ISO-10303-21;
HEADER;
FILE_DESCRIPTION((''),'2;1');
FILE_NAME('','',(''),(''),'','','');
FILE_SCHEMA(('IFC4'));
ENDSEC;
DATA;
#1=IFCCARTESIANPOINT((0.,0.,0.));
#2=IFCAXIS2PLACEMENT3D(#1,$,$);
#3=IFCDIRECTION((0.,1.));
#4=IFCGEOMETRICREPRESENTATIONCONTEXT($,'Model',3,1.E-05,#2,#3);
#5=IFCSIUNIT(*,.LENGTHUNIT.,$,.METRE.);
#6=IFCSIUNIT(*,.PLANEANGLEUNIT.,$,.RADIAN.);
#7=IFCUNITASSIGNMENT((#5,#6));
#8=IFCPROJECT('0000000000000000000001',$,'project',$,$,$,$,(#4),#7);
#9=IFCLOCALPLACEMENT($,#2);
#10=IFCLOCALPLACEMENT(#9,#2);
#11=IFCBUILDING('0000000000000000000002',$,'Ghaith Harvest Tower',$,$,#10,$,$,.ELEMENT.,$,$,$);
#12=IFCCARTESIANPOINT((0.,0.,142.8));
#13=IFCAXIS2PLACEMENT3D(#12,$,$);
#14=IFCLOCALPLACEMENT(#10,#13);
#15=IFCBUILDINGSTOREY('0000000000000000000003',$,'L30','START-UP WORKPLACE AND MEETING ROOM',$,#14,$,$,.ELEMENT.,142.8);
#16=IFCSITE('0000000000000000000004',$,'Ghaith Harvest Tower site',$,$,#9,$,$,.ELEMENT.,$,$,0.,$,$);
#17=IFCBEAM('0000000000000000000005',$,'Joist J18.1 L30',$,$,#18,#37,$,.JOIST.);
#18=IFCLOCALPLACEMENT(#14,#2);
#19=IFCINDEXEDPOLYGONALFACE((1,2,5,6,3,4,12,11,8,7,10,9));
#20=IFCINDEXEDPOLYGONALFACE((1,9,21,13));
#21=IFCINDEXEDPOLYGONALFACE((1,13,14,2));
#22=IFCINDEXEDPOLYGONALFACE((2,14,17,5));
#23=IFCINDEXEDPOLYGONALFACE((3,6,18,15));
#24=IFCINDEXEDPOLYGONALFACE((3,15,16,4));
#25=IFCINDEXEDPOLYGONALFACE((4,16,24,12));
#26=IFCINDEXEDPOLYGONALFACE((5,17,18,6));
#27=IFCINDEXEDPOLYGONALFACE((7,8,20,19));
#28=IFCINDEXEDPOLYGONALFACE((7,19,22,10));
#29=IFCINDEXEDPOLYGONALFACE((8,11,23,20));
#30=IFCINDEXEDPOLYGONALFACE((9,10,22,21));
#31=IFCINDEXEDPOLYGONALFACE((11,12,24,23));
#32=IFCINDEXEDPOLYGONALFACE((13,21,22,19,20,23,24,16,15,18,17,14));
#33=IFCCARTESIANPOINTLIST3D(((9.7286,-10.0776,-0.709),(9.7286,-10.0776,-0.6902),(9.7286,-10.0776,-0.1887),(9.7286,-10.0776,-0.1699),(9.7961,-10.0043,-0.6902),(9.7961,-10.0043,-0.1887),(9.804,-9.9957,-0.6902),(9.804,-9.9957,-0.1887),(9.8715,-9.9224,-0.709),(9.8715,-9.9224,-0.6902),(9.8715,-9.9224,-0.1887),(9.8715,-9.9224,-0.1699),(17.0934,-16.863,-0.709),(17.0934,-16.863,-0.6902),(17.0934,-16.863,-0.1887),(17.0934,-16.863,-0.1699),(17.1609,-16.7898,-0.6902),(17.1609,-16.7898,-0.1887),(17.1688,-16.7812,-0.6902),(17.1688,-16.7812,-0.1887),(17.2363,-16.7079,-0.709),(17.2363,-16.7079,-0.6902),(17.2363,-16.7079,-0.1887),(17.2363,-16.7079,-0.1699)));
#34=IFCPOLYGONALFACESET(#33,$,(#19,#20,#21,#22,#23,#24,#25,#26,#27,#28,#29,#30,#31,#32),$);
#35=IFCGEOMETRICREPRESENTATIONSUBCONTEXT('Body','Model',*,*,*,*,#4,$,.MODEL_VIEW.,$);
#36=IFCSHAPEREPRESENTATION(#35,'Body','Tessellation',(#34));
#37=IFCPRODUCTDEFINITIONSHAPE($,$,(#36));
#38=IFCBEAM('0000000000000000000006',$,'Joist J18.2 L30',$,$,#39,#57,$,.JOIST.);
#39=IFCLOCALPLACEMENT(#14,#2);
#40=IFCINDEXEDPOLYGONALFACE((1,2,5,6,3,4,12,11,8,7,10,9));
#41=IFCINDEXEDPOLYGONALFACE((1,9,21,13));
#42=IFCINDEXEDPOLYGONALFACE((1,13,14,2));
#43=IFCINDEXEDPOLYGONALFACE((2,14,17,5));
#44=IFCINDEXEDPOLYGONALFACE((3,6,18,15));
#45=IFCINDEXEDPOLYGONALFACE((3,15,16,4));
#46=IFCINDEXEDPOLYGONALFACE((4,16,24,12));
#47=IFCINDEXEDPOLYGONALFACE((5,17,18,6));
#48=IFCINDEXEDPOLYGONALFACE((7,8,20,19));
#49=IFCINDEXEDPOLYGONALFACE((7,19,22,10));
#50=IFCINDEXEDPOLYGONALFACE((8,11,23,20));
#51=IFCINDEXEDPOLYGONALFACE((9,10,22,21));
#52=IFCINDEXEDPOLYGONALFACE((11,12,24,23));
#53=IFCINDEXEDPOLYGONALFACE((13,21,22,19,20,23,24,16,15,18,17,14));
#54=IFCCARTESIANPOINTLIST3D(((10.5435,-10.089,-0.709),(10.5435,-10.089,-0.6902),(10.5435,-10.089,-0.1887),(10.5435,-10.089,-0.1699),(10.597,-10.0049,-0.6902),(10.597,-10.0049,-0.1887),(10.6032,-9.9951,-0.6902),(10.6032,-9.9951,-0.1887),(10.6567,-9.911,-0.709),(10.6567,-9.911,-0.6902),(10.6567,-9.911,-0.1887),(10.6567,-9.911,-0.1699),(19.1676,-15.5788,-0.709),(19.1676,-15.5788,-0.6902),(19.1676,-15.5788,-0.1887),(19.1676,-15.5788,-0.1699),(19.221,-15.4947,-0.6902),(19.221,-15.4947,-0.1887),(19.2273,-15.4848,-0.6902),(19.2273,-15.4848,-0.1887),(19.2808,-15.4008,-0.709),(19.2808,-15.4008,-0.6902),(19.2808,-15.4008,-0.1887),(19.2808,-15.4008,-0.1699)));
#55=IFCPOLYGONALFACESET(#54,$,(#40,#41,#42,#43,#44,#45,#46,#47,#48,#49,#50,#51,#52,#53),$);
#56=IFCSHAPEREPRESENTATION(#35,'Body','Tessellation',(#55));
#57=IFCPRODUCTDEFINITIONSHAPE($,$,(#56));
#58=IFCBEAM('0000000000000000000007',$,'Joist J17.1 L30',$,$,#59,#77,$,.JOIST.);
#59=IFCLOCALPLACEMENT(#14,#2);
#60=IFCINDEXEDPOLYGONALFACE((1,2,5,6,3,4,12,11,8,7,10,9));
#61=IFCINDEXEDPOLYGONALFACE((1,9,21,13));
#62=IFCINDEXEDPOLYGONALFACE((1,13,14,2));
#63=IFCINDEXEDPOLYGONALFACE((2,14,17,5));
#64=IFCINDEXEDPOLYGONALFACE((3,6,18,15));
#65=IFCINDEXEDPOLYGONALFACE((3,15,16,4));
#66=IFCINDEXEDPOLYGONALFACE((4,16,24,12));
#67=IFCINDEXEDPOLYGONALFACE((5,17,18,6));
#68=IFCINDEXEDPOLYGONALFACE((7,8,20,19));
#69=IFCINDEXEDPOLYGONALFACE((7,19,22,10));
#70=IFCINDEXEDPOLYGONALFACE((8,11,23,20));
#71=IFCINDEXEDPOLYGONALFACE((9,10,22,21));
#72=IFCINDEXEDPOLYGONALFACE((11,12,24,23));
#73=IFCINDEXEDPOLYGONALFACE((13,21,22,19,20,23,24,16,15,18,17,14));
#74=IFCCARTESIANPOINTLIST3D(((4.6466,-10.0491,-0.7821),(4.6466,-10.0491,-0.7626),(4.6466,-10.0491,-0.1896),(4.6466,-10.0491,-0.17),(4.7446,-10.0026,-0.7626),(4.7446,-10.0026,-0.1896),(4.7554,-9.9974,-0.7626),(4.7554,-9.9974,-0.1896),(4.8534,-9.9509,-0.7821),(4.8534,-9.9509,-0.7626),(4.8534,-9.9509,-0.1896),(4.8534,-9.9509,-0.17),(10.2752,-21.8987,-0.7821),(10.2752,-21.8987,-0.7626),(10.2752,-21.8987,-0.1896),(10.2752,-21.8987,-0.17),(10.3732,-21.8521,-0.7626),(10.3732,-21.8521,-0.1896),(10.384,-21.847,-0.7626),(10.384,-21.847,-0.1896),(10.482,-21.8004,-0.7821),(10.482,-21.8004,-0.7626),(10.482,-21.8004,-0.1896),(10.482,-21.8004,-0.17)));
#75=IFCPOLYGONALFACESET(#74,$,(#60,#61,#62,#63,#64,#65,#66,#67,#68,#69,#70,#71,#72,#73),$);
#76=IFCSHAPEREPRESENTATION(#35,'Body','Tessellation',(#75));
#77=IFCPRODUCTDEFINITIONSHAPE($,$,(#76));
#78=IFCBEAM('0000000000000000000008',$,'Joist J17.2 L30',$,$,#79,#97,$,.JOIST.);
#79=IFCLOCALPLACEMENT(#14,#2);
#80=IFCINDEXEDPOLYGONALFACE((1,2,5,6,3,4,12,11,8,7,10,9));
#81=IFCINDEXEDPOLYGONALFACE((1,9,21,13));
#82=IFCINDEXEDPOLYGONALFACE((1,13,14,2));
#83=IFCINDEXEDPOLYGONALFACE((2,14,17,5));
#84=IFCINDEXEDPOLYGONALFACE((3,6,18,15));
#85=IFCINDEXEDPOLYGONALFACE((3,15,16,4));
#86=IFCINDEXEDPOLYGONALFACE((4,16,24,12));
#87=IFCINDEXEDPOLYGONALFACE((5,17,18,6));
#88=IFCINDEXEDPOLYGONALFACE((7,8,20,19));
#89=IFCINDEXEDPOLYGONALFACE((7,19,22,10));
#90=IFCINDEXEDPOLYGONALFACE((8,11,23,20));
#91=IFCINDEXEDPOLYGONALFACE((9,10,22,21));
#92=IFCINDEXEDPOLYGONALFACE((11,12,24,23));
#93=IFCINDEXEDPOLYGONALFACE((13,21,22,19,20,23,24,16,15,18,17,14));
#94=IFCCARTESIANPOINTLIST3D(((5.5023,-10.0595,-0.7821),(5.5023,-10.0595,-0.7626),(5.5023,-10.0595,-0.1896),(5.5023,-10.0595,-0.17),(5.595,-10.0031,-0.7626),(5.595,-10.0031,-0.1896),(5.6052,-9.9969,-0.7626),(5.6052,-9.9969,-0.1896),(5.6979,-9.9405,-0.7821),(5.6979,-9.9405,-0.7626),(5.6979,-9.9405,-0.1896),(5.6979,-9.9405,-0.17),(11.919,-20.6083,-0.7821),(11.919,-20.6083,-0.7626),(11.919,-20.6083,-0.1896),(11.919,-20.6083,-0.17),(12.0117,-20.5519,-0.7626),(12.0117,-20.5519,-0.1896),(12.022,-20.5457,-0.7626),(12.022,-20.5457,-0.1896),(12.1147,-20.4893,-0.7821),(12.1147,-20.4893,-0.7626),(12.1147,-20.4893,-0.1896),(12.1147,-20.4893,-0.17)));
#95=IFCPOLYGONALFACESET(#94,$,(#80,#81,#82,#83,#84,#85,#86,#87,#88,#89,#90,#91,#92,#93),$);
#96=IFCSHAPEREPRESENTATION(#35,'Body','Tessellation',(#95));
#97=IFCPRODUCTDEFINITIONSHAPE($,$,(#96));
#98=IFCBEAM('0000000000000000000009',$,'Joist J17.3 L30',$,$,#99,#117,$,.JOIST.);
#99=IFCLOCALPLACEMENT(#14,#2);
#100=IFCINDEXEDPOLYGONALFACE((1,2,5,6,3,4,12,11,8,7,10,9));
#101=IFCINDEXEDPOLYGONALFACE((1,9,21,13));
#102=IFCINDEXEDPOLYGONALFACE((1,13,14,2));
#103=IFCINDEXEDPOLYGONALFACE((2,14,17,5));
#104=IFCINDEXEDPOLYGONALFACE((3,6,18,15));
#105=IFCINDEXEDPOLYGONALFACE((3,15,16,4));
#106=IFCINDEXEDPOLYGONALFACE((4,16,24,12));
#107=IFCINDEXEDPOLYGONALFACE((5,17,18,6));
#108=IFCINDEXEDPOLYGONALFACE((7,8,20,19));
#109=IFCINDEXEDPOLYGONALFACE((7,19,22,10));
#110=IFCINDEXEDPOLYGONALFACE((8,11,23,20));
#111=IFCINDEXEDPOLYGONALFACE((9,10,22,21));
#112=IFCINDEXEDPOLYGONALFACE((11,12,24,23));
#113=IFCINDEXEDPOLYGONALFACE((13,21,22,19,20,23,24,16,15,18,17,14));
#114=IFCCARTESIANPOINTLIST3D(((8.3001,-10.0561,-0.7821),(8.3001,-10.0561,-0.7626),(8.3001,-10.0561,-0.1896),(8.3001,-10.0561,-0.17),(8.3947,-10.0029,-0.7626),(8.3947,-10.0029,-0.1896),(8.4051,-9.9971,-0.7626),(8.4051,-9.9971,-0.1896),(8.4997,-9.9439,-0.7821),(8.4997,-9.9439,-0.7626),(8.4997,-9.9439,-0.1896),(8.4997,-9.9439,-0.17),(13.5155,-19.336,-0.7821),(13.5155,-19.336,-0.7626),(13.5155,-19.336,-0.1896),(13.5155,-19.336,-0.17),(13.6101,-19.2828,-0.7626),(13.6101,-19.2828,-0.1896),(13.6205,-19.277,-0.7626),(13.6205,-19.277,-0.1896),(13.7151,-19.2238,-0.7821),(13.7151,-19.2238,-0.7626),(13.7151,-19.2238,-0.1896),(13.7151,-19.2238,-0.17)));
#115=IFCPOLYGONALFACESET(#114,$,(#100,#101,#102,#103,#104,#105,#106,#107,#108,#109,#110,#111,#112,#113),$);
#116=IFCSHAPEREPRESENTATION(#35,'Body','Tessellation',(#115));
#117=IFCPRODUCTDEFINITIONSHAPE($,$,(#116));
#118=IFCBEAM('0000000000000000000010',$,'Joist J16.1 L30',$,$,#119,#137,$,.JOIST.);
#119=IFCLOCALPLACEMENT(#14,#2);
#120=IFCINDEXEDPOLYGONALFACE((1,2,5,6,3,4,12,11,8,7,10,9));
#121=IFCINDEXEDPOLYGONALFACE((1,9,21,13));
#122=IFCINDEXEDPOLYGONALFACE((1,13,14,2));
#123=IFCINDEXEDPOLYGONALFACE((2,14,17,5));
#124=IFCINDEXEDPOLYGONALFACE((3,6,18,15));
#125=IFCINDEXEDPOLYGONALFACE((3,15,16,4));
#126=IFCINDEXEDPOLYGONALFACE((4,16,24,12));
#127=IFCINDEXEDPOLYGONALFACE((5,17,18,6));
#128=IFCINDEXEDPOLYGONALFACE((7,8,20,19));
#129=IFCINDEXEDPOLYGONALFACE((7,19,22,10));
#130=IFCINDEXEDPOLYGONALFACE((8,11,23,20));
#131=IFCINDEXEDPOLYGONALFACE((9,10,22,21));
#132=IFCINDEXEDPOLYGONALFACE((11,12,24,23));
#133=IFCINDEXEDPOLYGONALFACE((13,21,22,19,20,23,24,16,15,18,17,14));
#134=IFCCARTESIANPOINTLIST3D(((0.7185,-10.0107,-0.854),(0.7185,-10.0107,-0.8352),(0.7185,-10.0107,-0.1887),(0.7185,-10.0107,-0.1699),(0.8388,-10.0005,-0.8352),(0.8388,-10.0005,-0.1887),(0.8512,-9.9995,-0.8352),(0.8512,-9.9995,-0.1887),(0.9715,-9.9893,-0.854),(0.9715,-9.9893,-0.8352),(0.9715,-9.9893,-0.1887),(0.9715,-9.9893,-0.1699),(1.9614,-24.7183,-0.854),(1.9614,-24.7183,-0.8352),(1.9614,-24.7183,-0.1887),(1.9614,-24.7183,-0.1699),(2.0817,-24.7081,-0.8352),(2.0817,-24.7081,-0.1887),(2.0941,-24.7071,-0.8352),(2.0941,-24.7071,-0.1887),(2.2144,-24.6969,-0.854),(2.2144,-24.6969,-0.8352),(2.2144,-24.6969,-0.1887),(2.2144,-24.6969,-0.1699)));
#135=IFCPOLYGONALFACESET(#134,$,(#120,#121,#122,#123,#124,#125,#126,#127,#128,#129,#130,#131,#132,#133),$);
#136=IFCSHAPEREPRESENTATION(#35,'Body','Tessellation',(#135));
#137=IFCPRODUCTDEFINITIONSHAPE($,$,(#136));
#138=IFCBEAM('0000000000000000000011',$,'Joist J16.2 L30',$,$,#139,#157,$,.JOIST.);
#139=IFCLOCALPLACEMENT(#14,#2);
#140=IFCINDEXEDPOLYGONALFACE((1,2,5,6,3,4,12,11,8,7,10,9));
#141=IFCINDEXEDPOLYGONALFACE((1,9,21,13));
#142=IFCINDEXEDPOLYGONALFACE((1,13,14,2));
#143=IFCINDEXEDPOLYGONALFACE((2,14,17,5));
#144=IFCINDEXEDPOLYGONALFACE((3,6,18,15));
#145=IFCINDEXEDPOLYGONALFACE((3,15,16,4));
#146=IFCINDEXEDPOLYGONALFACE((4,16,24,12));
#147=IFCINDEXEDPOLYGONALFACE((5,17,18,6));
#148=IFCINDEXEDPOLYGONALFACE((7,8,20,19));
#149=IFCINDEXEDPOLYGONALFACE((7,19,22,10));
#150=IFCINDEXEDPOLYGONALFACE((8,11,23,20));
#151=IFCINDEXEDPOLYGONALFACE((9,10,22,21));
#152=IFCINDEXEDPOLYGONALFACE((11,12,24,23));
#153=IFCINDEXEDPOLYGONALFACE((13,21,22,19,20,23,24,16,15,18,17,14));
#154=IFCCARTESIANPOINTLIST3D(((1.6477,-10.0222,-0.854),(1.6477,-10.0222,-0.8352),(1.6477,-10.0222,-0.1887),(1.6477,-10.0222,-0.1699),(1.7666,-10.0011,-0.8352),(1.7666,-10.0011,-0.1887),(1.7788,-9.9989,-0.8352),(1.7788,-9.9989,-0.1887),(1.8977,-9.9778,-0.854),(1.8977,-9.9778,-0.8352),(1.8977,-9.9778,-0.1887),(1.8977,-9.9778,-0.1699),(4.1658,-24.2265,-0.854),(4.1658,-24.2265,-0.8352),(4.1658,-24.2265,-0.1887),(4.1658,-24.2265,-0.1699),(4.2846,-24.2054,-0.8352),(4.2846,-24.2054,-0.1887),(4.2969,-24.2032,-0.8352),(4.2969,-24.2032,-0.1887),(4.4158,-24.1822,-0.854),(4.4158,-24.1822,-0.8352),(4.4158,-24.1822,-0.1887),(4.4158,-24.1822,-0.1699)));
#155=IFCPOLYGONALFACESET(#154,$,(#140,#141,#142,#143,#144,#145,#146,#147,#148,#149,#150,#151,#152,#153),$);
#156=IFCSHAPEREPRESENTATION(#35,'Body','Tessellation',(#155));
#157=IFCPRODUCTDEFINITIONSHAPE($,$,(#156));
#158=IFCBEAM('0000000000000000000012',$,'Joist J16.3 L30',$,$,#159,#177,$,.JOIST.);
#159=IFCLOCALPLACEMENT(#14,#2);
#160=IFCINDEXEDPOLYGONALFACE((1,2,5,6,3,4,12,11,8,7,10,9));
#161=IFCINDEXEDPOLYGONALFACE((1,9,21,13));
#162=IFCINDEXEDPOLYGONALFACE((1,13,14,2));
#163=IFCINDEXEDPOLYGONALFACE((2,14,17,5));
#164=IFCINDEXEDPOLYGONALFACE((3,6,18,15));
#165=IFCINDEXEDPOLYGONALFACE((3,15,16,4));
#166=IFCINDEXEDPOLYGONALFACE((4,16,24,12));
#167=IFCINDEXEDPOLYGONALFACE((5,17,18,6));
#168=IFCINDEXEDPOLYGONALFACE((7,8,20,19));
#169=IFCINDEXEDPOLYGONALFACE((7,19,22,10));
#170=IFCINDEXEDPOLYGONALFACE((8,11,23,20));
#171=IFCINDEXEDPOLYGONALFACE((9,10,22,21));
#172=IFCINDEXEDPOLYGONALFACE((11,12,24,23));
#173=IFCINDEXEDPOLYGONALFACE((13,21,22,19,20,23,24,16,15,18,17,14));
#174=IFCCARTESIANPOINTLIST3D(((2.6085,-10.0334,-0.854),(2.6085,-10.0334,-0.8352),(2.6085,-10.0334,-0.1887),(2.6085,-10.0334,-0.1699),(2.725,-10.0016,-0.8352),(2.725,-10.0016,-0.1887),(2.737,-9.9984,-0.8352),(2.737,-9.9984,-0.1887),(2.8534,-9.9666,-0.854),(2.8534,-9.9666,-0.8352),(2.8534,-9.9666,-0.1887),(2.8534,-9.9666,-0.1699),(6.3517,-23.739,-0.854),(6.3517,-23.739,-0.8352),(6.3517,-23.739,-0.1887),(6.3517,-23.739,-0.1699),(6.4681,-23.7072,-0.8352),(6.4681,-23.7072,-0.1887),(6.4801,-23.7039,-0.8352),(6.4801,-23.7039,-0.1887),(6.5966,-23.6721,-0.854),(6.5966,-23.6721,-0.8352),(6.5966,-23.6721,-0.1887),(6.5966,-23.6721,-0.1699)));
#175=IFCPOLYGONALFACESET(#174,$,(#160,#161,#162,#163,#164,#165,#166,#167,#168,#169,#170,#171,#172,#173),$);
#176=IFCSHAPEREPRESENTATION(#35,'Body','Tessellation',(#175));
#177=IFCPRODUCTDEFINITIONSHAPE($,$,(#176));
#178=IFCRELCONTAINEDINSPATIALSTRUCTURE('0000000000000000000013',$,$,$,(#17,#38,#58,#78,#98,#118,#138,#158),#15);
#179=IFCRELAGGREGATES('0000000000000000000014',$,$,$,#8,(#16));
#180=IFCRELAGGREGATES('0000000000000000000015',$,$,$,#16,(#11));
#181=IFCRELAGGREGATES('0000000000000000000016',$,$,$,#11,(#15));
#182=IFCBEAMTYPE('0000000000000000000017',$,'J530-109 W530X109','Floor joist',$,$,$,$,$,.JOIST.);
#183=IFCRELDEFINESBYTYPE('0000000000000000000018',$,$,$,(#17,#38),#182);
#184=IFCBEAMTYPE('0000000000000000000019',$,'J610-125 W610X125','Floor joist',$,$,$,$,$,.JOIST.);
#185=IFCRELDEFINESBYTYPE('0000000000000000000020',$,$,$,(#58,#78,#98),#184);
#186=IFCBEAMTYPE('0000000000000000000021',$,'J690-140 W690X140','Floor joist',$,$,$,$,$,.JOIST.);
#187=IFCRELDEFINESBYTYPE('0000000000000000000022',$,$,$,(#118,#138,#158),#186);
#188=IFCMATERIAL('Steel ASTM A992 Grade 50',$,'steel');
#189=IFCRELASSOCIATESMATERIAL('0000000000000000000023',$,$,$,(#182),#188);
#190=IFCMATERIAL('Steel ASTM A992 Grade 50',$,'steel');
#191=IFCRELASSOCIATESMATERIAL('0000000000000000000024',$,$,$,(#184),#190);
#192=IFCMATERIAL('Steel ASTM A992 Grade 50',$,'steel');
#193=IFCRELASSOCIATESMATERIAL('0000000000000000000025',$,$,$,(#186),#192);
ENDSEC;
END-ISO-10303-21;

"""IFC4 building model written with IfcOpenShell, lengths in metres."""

from ifc_helpers import new_model, si_unit, direction, frame, origin, origin_2d, place, context, subcontext, project, spatial, i_section, extrude, material, material_profile, profile_set, type_object, element, save


model = new_model("IFC4")

# Units and contexts
model_context = context("Model", 3, precision=1e-05, world=origin(), true_north=direction((0.0, 1.0)))
body_context = subcontext(model_context, "Body", "Model", "MODEL_VIEW")
ifc_project = project(units=[si_unit("LENGTHUNIT", "METRE"), si_unit("PLANEANGLEUNIT", "RADIAN")], contexts=[model_context])

# Site, building, storey
site_placement = place(None, origin())
site = spatial("IfcSite", under=ifc_project, at=site_placement, Name="Ghaith Harvest Tower site", CompositionType="ELEMENT", RefElevation=0.0)
building_placement = place(site_placement, origin())
building = spatial("IfcBuilding", under=site, at=building_placement, Name="Ghaith Harvest Tower", CompositionType="ELEMENT")
storey_placement = place(building_placement, frame((0.0, 0.0, 142.8)))
storey = spatial("IfcBuildingStorey", under=building, at=storey_placement, Name="L30", Description="START-UP WORKPLACE AND MEETING ROOM", CompositionType="ELEMENT", Elevation=142.8)

# Beams
ifc_material_1 = material(Name="Steel ASTM A992 Grade 50", Category="steel")
ifc_material_profile_1 = material_profile(ifc_material_1, i_section(OverallWidth=0.2109, OverallDepth=0.5391, WebThickness=0.0117, FlangeThickness=0.0188, at=origin_2d()), Name="W530X109")
ifc_profile_set_1 = profile_set([ifc_material_profile_1], Name="Steel ASTM A992 Grade 50")
beam_type_1 = type_object("IfcBeamType", Name="J530-109 W530X109", Description="Floor joist", PredefinedType="JOIST", material=ifc_profile_set_1)
beam_1_placement = place(storey_placement, frame((9.8, -10.0, -0.4395), z_axis=(0.735442, -0.677588, 0.0), x_axis=(0.677588, 0.735442, 0.0)))
element("IfcBeam", 1, at=beam_1_placement, inside=storey, type_object=beam_type_1, Name="Joist J18.1 L30", PredefinedType="JOIST", context=body_context, shape_type="SweptSolid", body=[
    extrude(i_section(OverallWidth=0.2109, OverallDepth=0.5391, WebThickness=0.0117, FlangeThickness=0.0188, at=origin_2d()), origin(), (0.0, 0.0, 1.0), 10.0142),
])
beam_2_placement = place(storey_placement, frame((10.6001, -10.0, -0.4395), z_axis=(0.843585, -0.536996, 0.0), x_axis=(0.536996, 0.843585, 0.0)))
element("IfcBeam", 2, at=beam_2_placement, inside=storey, type_object=beam_type_1, Name="Joist J18.2 L30", PredefinedType="JOIST", context=body_context, shape_type="SweptSolid", body=[
    extrude(i_section(OverallWidth=0.2109, OverallDepth=0.5391, WebThickness=0.0117, FlangeThickness=0.0188, at=origin_2d()), origin(), (0.0, 0.0, 1.0), 10.2231),
])
ifc_material_2 = material(Name="Steel ASTM A992 Grade 50", Category="steel")
ifc_material_profile_2 = material_profile(ifc_material_2, i_section(OverallWidth=0.229, OverallDepth=0.6121, WebThickness=0.012, FlangeThickness=0.0195, at=origin_2d()), Name="W610X125")
ifc_profile_set_2 = profile_set([ifc_material_profile_2], Name="Steel ASTM A992 Grade 50")
beam_type_2 = type_object("IfcBeamType", Name="J610-125 W610X125", Description="Floor joist", PredefinedType="JOIST", material=ifc_profile_set_2)
beam_3_placement = place(storey_placement, frame((4.75, -10.0, -0.4761), z_axis=(0.429063, -0.903275, 0.0), x_axis=(0.903275, 0.429063, 0.0)))
element("IfcBeam", 3, at=beam_3_placement, inside=storey, type_object=beam_type_2, Name="Joist J17.1 L30", PredefinedType="JOIST", context=body_context, shape_type="SweptSolid", body=[
    extrude(i_section(OverallWidth=0.229, OverallDepth=0.6121, WebThickness=0.012, FlangeThickness=0.0195, at=origin_2d()), origin(), (0.0, 0.0, 1.0), 13.1184),
])
beam_4_placement = place(storey_placement, frame((5.6001, -10.0, -0.4761), z_axis=(0.519694, -0.854352, 0.0), x_axis=(0.854352, 0.519694, 0.0)))
element("IfcBeam", 4, at=beam_4_placement, inside=storey, type_object=beam_type_2, Name="Joist J17.2 L30", PredefinedType="JOIST", context=body_context, shape_type="SweptSolid", body=[
    extrude(i_section(OverallWidth=0.229, OverallDepth=0.6121, WebThickness=0.012, FlangeThickness=0.0195, at=origin_2d()), origin(), (0.0, 0.0, 1.0), 12.3472),
])
beam_5_placement = place(storey_placement, frame((8.3999, -10.0, -0.4761), z_axis=(0.489937, -0.871758, 0.0), x_axis=(0.871758, 0.489937, 0.0)))
element("IfcBeam", 5, at=beam_5_placement, inside=storey, type_object=beam_type_2, Name="Joist J17.3 L30", PredefinedType="JOIST", context=body_context, shape_type="SweptSolid", body=[
    extrude(i_section(OverallWidth=0.229, OverallDepth=0.6121, WebThickness=0.012, FlangeThickness=0.0195, at=origin_2d()), origin(), (0.0, 0.0, 1.0), 10.645),
])
ifc_material_3 = material(Name="Steel ASTM A992 Grade 50", Category="steel")
ifc_material_profile_3 = material_profile(ifc_material_3, i_section(OverallWidth=0.2539, OverallDepth=0.6841, WebThickness=0.0125, FlangeThickness=0.0188, at=origin_2d()), Name="W690X140")
ifc_profile_set_3 = profile_set([ifc_material_profile_3], Name="Steel ASTM A992 Grade 50")
beam_type_3 = type_object("IfcBeamType", Name="J690-140 W690X140", Description="Floor joist", PredefinedType="JOIST", material=ifc_profile_set_3)
beam_6_placement = place(storey_placement, frame((0.845, -10.0, -0.512), z_axis=(0.084209, -0.996448, 0.0), x_axis=(0.996448, 0.084209, 0.0)))
element("IfcBeam", 6, at=beam_6_placement, inside=storey, type_object=beam_type_3, Name="Joist J16.1 L30", PredefinedType="JOIST", context=body_context, shape_type="SweptSolid", body=[
    extrude(i_section(OverallWidth=0.2539, OverallDepth=0.6841, WebThickness=0.0125, FlangeThickness=0.0188, at=origin_2d()), origin(), (0.0, 0.0, 1.0), 14.76),
])
beam_7_placement = place(storey_placement, frame((1.7727, -10.0, -0.512), z_axis=(0.174553, -0.984648, 0.0), x_axis=(0.984648, 0.174553, 0.0)))
element("IfcBeam", 7, at=beam_7_placement, inside=storey, type_object=beam_type_3, Name="Joist J16.2 L30", PredefinedType="JOIST", context=body_context, shape_type="SweptSolid", body=[
    extrude(i_section(OverallWidth=0.2539, OverallDepth=0.6841, WebThickness=0.0125, FlangeThickness=0.0188, at=origin_2d()), origin(), (0.0, 0.0, 1.0), 14.4258),
])
beam_8_placement = place(storey_placement, frame((2.731, -10.0, -0.512), z_axis=(0.263463, -0.964669, 0.0), x_axis=(0.964669, 0.263463, 0.0)))
element("IfcBeam", 8, at=beam_8_placement, inside=storey, type_object=beam_type_3, Name="Joist J16.3 L30", PredefinedType="JOIST", context=body_context, shape_type="SweptSolid", body=[
    extrude(i_section(OverallWidth=0.2539, OverallDepth=0.6841, WebThickness=0.0125, FlangeThickness=0.0188, at=origin_2d()), origin(), (0.0, 0.0, 1.0), 14.2075),
])

save(model, "model.ifc")
